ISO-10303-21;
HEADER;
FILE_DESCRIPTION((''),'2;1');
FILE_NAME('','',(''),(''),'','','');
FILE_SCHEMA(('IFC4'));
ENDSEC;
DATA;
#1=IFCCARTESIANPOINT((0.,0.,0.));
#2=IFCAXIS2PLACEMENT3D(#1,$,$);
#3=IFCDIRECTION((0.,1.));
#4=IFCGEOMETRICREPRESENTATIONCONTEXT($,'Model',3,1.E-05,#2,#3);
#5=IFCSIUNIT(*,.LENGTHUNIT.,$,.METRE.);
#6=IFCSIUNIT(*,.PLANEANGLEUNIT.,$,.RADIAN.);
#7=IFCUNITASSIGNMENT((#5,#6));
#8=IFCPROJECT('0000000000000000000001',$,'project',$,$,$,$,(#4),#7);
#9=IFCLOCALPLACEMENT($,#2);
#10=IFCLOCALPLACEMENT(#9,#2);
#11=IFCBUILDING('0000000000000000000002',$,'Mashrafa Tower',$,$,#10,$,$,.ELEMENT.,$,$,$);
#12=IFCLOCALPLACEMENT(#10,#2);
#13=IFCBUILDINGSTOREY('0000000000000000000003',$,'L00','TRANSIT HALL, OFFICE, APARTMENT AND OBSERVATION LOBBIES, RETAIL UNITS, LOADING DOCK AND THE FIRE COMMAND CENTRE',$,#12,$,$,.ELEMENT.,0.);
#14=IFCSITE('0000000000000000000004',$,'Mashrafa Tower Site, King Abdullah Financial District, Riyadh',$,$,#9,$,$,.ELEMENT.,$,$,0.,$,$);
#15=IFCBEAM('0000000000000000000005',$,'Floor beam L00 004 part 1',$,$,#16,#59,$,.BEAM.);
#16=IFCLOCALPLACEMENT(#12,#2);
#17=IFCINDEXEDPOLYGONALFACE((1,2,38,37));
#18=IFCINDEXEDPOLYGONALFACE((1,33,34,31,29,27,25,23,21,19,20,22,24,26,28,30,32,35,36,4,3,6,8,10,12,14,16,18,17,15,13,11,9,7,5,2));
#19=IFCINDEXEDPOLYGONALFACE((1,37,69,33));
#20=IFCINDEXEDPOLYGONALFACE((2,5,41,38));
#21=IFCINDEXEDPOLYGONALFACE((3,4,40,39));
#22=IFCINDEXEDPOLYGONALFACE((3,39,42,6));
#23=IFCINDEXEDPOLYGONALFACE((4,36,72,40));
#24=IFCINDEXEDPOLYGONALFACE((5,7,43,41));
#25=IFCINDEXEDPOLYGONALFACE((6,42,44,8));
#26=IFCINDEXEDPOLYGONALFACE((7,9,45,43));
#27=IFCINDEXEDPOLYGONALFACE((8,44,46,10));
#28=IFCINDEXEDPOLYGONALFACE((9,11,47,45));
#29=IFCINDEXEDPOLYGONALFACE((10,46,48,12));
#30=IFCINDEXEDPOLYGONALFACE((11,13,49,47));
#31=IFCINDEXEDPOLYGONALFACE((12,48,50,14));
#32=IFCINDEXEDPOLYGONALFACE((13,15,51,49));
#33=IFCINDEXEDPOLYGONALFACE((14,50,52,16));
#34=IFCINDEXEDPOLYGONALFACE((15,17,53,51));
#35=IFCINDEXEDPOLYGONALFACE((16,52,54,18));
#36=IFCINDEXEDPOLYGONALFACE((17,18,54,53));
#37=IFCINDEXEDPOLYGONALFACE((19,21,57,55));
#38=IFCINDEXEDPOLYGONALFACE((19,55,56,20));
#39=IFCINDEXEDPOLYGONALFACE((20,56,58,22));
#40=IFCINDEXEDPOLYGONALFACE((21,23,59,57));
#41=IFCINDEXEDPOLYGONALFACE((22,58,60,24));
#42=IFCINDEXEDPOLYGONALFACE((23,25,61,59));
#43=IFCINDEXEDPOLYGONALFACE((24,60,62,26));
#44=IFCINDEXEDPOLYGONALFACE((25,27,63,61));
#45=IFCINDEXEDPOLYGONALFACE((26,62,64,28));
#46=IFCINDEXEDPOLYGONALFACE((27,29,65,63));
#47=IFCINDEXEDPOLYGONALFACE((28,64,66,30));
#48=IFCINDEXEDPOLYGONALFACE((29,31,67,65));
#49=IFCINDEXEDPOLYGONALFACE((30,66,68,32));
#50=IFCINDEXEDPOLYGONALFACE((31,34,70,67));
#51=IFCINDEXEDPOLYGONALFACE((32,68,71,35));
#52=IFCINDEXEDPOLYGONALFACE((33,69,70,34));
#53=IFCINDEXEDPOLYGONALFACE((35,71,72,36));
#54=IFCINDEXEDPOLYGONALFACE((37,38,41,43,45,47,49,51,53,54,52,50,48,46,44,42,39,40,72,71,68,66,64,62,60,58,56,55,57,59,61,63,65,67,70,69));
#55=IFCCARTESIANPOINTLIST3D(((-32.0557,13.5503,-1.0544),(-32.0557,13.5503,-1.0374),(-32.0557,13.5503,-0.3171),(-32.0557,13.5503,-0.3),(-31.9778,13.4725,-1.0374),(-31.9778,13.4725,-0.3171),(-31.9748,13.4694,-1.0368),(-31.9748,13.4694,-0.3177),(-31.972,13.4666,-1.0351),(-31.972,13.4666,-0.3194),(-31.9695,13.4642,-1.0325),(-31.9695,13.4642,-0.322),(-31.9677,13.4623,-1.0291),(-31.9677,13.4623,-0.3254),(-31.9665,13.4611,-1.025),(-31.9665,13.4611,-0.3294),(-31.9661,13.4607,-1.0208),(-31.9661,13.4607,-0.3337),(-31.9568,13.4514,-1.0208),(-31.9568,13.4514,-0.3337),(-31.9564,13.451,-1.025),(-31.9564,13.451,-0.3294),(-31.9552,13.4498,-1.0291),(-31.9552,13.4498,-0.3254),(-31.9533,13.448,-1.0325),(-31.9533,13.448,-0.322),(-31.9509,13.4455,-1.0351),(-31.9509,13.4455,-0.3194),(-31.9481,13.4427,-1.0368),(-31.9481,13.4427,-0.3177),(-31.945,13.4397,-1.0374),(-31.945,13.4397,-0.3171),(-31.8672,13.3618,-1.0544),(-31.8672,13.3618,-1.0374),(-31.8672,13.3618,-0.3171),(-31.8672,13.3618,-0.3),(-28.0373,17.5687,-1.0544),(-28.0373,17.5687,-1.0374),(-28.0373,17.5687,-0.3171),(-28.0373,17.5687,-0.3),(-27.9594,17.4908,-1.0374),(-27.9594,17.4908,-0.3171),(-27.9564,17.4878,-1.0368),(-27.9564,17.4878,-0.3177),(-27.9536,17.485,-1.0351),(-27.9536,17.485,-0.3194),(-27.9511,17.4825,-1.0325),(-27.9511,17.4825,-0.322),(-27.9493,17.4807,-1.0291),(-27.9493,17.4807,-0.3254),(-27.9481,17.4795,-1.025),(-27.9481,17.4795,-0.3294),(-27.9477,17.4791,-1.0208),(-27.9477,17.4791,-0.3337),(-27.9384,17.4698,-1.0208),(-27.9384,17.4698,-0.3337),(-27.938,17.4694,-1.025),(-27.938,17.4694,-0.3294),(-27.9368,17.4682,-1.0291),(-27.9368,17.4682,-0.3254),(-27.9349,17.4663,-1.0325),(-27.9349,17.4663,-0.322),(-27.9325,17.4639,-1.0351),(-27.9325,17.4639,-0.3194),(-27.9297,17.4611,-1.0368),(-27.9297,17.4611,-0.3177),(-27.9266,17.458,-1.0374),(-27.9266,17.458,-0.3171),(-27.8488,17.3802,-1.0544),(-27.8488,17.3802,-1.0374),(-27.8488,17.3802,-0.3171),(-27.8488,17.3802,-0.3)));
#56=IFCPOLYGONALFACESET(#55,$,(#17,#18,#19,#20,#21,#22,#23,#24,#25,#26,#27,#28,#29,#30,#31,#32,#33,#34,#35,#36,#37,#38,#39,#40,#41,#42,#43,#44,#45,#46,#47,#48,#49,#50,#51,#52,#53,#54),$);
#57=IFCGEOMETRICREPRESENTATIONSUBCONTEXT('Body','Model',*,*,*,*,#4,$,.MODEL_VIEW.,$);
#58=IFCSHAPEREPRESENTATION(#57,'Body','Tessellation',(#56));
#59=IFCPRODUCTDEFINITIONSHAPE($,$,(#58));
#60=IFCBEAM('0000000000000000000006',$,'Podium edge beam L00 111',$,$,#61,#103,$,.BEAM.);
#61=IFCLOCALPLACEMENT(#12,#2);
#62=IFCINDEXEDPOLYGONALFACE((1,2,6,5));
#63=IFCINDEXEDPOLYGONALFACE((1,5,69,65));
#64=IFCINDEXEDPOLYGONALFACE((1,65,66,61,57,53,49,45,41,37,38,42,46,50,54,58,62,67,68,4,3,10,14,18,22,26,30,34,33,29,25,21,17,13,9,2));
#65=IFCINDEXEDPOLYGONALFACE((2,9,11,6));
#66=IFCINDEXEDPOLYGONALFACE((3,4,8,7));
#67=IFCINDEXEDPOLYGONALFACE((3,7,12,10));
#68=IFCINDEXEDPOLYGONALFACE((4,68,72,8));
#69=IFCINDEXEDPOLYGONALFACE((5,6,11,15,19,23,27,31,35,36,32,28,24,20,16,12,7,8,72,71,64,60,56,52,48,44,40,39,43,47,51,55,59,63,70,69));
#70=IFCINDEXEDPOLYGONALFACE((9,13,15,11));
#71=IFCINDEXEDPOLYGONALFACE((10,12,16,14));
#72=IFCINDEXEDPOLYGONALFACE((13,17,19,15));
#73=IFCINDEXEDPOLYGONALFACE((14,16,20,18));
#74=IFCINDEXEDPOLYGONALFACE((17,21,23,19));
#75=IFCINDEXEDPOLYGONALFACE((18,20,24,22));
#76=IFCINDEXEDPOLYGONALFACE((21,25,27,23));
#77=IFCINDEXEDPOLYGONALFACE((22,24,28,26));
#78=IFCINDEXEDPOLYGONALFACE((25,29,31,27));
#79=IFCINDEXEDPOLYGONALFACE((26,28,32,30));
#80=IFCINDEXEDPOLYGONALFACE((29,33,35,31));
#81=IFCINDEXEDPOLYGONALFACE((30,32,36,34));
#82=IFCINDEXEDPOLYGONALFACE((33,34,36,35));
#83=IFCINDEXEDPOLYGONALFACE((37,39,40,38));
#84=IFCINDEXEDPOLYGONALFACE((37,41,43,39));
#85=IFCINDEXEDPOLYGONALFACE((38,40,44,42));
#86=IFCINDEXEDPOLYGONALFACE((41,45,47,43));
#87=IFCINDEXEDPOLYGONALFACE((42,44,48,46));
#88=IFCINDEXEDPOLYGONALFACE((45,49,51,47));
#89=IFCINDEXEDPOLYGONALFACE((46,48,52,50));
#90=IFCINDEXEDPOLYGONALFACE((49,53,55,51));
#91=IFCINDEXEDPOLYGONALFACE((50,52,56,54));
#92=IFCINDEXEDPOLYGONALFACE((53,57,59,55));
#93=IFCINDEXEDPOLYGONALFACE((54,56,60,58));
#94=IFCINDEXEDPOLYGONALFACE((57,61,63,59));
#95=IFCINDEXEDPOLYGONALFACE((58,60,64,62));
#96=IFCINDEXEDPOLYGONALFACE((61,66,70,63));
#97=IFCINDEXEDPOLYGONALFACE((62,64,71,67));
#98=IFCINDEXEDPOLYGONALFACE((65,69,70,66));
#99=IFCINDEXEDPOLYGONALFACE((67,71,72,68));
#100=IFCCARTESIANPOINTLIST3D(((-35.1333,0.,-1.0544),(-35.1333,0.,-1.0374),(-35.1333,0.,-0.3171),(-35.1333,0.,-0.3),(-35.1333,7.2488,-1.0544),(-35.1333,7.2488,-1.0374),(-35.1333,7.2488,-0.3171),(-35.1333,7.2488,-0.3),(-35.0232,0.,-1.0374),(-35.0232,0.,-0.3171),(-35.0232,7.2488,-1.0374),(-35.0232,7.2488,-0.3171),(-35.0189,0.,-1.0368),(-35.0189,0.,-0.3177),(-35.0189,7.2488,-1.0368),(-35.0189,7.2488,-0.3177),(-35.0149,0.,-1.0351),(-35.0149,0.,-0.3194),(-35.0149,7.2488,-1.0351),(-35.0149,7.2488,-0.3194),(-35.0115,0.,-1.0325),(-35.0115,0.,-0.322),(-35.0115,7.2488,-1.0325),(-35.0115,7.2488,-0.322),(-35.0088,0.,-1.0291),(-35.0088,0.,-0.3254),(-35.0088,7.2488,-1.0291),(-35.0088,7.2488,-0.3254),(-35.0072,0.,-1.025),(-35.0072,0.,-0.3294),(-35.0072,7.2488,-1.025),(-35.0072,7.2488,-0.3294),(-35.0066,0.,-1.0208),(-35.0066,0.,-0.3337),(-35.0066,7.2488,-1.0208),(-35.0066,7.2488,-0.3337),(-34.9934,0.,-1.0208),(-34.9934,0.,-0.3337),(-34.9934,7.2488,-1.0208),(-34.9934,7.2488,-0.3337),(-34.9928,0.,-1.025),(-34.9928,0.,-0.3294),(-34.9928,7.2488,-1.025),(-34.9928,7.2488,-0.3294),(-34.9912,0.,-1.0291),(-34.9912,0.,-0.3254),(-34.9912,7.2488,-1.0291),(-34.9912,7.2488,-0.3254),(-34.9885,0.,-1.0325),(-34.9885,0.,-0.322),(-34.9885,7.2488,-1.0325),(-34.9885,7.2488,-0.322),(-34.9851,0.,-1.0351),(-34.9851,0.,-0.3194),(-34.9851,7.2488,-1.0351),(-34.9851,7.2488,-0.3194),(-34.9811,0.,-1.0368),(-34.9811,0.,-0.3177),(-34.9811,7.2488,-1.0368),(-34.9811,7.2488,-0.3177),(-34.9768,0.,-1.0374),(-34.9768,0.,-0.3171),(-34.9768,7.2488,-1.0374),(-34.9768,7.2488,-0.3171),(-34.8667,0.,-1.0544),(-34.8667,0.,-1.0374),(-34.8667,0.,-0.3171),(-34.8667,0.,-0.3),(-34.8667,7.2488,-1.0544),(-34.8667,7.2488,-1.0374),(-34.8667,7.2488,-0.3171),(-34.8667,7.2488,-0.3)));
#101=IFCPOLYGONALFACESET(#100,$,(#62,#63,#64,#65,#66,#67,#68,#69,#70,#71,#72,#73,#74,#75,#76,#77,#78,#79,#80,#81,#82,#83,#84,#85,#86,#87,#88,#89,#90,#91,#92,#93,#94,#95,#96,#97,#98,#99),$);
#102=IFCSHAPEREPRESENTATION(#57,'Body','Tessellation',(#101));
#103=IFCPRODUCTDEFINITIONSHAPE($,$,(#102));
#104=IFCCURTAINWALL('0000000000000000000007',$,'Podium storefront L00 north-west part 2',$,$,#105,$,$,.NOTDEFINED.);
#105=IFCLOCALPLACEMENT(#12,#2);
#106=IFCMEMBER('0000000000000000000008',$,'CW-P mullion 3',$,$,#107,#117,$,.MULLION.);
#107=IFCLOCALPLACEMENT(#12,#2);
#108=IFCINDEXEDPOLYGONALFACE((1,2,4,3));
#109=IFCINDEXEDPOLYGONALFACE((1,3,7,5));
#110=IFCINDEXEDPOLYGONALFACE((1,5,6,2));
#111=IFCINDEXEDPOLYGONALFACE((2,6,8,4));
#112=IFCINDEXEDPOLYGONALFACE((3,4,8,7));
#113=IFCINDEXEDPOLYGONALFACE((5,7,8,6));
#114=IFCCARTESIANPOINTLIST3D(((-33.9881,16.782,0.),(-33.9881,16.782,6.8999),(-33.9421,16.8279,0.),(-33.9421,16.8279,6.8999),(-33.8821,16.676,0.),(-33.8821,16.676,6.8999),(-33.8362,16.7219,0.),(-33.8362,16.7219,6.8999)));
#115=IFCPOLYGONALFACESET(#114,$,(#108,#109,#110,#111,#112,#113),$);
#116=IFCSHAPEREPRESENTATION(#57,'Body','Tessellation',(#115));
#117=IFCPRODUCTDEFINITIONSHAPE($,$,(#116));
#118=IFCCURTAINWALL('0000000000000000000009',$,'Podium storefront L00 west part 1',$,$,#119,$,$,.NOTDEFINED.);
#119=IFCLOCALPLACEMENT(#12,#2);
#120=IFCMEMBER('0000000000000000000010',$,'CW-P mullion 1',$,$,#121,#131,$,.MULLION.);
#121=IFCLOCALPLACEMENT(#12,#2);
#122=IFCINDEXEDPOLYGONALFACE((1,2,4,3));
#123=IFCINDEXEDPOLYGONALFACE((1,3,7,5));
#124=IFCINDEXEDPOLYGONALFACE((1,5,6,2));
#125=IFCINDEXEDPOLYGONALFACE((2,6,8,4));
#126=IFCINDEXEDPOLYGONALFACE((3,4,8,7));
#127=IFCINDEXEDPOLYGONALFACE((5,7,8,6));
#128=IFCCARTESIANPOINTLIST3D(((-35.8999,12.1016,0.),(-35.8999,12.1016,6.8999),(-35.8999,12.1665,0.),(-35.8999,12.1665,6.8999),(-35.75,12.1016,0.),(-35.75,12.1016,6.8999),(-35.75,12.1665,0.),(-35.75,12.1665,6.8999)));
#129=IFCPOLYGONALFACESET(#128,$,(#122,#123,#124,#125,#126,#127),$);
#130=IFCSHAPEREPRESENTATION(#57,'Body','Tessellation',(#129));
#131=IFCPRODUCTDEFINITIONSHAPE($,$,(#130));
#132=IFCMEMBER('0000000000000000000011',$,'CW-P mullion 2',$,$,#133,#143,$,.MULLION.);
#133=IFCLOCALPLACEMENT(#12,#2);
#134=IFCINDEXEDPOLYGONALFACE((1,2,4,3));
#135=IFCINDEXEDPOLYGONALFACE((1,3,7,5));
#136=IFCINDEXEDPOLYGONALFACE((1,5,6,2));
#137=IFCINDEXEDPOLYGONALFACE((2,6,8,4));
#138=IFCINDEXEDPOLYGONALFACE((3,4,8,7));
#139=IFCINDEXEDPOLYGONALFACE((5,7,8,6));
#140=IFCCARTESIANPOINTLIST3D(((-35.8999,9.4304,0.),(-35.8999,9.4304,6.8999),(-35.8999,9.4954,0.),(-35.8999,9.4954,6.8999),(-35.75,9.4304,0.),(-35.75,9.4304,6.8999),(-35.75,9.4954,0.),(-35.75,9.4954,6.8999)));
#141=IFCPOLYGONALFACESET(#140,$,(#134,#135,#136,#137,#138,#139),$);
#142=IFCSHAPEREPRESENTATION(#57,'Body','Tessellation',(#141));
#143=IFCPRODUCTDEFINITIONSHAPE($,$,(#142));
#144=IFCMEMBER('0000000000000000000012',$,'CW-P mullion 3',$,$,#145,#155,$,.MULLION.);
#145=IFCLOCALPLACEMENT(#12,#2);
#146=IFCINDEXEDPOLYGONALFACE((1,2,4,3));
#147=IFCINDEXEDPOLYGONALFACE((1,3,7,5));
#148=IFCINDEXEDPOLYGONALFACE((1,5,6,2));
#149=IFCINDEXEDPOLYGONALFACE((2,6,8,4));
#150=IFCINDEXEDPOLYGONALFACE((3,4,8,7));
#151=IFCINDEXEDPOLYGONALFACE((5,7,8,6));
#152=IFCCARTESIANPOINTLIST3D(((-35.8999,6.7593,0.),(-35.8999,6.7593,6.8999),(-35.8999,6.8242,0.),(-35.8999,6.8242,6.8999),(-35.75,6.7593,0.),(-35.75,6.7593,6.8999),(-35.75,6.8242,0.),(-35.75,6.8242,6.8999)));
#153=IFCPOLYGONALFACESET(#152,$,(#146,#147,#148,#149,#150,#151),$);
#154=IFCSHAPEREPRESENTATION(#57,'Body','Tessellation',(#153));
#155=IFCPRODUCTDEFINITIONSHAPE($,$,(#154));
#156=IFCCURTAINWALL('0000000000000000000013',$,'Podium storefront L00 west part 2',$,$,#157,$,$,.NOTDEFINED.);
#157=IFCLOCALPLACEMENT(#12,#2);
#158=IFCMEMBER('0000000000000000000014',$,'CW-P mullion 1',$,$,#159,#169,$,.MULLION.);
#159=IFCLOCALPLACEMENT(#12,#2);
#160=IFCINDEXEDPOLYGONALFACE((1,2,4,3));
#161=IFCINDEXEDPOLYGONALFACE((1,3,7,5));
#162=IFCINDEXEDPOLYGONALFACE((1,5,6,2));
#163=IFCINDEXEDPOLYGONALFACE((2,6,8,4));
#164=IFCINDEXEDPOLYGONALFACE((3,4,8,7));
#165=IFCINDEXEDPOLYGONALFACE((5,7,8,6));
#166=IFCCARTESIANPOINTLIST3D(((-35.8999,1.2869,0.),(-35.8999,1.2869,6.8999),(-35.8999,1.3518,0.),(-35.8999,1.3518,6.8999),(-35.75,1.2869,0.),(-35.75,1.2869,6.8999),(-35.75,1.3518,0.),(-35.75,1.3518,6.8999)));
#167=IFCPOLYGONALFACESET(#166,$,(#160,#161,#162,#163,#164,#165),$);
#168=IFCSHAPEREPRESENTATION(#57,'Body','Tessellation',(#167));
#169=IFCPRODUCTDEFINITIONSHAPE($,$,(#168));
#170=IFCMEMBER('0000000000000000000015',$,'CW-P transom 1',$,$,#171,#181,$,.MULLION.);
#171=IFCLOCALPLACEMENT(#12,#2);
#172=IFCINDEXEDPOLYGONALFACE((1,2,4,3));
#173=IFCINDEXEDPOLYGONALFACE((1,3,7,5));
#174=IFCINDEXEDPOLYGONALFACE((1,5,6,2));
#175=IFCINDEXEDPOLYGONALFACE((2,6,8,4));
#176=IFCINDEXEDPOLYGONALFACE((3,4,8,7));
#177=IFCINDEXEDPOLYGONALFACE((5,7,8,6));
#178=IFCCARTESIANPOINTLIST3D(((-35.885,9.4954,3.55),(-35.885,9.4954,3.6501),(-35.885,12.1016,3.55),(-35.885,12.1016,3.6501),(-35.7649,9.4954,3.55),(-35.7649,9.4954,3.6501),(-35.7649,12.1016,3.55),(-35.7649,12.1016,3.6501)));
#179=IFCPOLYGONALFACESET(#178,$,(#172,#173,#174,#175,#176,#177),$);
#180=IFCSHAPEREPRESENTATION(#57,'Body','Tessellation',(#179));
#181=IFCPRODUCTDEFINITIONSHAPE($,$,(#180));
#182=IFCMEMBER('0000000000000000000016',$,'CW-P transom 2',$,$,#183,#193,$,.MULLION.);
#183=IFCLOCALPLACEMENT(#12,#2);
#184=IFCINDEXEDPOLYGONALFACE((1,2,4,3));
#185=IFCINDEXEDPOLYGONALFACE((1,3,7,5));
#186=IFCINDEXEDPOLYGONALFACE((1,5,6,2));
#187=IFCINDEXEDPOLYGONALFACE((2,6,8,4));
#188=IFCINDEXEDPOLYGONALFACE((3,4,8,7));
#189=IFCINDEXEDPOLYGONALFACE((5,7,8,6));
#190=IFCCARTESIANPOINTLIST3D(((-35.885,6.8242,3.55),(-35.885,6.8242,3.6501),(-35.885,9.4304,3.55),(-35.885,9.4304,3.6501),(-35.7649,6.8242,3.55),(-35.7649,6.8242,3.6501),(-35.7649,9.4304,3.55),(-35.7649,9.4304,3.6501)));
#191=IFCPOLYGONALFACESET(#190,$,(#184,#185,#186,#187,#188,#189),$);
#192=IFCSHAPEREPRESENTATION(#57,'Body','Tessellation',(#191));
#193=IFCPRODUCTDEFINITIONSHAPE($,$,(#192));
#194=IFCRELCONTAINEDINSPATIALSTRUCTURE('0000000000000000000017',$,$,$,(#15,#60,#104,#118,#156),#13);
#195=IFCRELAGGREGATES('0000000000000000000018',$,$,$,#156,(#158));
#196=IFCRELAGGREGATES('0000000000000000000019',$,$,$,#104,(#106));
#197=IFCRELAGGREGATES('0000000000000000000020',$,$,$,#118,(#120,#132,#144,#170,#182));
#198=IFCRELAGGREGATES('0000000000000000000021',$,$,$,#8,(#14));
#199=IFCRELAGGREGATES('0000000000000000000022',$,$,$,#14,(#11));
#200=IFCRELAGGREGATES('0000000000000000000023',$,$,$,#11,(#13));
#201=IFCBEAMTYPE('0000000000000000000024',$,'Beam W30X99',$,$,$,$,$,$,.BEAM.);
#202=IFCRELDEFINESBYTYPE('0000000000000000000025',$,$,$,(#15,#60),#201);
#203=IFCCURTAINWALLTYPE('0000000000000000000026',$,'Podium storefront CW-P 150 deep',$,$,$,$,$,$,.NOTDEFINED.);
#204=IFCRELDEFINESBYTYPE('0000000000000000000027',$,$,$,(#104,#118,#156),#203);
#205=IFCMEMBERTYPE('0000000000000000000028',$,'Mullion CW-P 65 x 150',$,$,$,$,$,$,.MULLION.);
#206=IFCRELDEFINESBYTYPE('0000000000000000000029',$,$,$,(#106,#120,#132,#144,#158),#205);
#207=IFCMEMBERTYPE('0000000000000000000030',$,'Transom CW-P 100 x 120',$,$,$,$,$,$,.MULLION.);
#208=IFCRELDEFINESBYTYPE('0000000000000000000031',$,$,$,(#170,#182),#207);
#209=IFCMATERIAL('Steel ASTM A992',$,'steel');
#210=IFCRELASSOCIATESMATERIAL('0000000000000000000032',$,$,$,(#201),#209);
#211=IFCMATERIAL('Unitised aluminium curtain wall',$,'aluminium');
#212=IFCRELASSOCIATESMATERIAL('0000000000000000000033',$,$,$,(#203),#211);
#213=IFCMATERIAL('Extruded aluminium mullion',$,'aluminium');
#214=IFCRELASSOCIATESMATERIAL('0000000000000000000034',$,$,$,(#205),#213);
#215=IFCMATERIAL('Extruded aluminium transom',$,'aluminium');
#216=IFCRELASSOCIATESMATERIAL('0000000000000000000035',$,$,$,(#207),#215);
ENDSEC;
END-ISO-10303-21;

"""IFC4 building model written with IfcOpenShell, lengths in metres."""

from ifc_helpers import new_model, si_unit, direction, frame, origin, origin_2d, place, context, subcontext, project, spatial, rectangle, i_section, extrude, source, transform, mapped, material, material_profile, profile_set, type_object, type_shapes, element, aggregate, save


model = new_model("IFC4")

# Units and contexts
model_context = context("Model", 3, precision=1e-05, world=origin(), true_north=direction((0.0, 1.0)))
body_context = subcontext(model_context, "Body", "Model", "MODEL_VIEW")
ifc_project = project(units=[si_unit("LENGTHUNIT", "METRE"), si_unit("PLANEANGLEUNIT", "RADIAN")], contexts=[model_context])

# Site, building, storey
site_placement = place(None, origin())
site = spatial("IfcSite", under=ifc_project, at=site_placement, Name="Mashrafa Tower Site, King Abdullah Financial District, Riyadh", CompositionType="ELEMENT", RefElevation=0.0)
building_placement = place(site_placement, origin())
building = spatial("IfcBuilding", under=site, at=building_placement, Name="Mashrafa Tower", CompositionType="ELEMENT")
storey_placement = place(building_placement, origin())
storey = spatial("IfcBuildingStorey", under=building, at=storey_placement, Name="L00", Description="TRANSIT HALL, OFFICE, APARTMENT AND OBSERVATION LOBBIES, RETAIL UNITS, LOADING DOCK AND THE FIRE COMMAND CENTRE", CompositionType="ELEMENT", Elevation=0.0)

# Beams
ifc_material_1 = material(Name="Steel ASTM A992", Category="steel")
ifc_material_profile_1 = material_profile(ifc_material_1, i_section(OverallWidth=0.2666, OverallDepth=0.7544, WebThickness=0.0132, FlangeThickness=0.0171, FilletRadius=0.0166, at=origin_2d()), Name="W30X99")
ifc_profile_set_1 = profile_set([ifc_material_profile_1], Name="Steel ASTM A992")
beam_type_1 = type_object("IfcBeamType", Name="Beam W30X99", PredefinedType="BEAM", material=ifc_profile_set_1)
beam_1_placement = place(storey_placement, frame((-31.9614, 13.4561, -0.6772), z_axis=(0.707107, 0.707107, 0.0), x_axis=(-0.707107, 0.707107, 0.0)))
element("IfcBeam", 1, at=beam_1_placement, inside=storey, type_object=beam_type_1, Name="Floor beam L00 004 part 1", PredefinedType="BEAM", context=body_context, shape_type="SweptSolid", body=[
    extrude(i_section(OverallWidth=0.2666, OverallDepth=0.7544, WebThickness=0.0132, FlangeThickness=0.0171, FilletRadius=0.0166, at=origin_2d()), origin(), (0.0, 0.0, 1.0), 5.6829),
])
beam_2_placement = place(storey_placement, frame((-35.0, 7.2488, -0.6772), z_axis=(0.0, -1.0, 0.0), x_axis=(1.0, 0.0, 0.0)))
element("IfcBeam", 2, at=beam_2_placement, inside=storey, type_object=beam_type_1, Name="Podium edge beam L00 111", PredefinedType="BEAM", context=body_context, shape_type="SweptSolid", body=[
    extrude(i_section(OverallWidth=0.2666, OverallDepth=0.7544, WebThickness=0.0132, FlangeThickness=0.0171, FilletRadius=0.0166, at=origin_2d()), origin(), (0.0, 0.0, 1.0), 7.2488),
])

# Curtain wall, member
ifc_material_2 = material(Name="Unitised aluminium curtain wall", Category="aluminium")
curtain_wall_type = type_object("IfcCurtainWallType", Name="Podium storefront CW-P 150 deep", PredefinedType="NOTDEFINED", material=ifc_material_2)
curtain_wall_1_placement = place(storey_placement, origin())
curtain_wall_1 = element("IfcCurtainWall", 3, at=curtain_wall_1_placement, inside=storey, type_object=curtain_wall_type, Name="Podium storefront L00 north-west part 2", PredefinedType="NOTDEFINED")
ifc_material_3 = material(Name="Extruded aluminium mullion", Category="aluminium")
ifc_material_profile_2 = material_profile(ifc_material_3, rectangle(XDim=0.1499, YDim=0.0649, at=origin_2d()), Name="Mullion 65x150")
ifc_profile_set_2 = profile_set([ifc_material_profile_2], Name="Extruded aluminium mullion")
member_type_1 = type_object("IfcMemberType", Name="Mullion CW-P 65 x 150", PredefinedType="MULLION", material=ifc_profile_set_2)
shared_shape_1 = source(origin(), body_context, "Body", "SweptSolid", [
    extrude(rectangle(XDim=0.1499, YDim=0.0649, at=origin_2d()), origin(), (0.0, 0.0, 1.0), 6.8999),
])
type_shapes(member_type_1, [shared_shape_1])
member_1_placement = place(storey_placement, frame((-33.9121, 16.752, 0.0), z_axis=(0.0, 0.0, 1.0), x_axis=(0.707107, -0.707107, 0.0)))
member_1 = element("IfcMember", 4, at=member_1_placement, type_object=member_type_1, Name="CW-P mullion 3", PredefinedType="MULLION", context=body_context, shape_type="MappedRepresentation", body=[
    mapped(shared_shape_1, transform((0.0, 0.0, 0.0))),
])

# Curtain wall, members
curtain_wall_2_placement = place(storey_placement, origin())
curtain_wall_2 = element("IfcCurtainWall", 5, at=curtain_wall_2_placement, inside=storey, type_object=curtain_wall_type, Name="Podium storefront L00 west part 1", PredefinedType="NOTDEFINED")
member_2_placement = place(storey_placement, frame((-35.825, 12.134, 0.0), z_axis=(0.0, 0.0, 1.0), x_axis=(1.0, 0.0, 0.0)))
member_2 = element("IfcMember", 6, at=member_2_placement, type_object=member_type_1, Name="CW-P mullion 1", PredefinedType="MULLION", context=body_context, shape_type="MappedRepresentation", body=[
    mapped(shared_shape_1, transform((0.0, 0.0, 0.0))),
])
member_3_placement = place(storey_placement, frame((-35.825, 9.4629, 0.0), z_axis=(0.0, 0.0, 1.0), x_axis=(1.0, 0.0, 0.0)))
member_3 = element("IfcMember", 7, at=member_3_placement, type_object=member_type_1, Name="CW-P mullion 2", PredefinedType="MULLION", context=body_context, shape_type="MappedRepresentation", body=[
    mapped(shared_shape_1, transform((0.0, 0.0, 0.0))),
])
member_4_placement = place(storey_placement, frame((-35.825, 6.7917, 0.0), z_axis=(0.0, 0.0, 1.0), x_axis=(1.0, 0.0, 0.0)))
member_4 = element("IfcMember", 8, at=member_4_placement, type_object=member_type_1, Name="CW-P mullion 3", PredefinedType="MULLION", context=body_context, shape_type="MappedRepresentation", body=[
    mapped(shared_shape_1, transform((0.0, 0.0, 0.0))),
])

# Curtain wall, member
curtain_wall_3_placement = place(storey_placement, origin())
curtain_wall_3 = element("IfcCurtainWall", 9, at=curtain_wall_3_placement, inside=storey, type_object=curtain_wall_type, Name="Podium storefront L00 west part 2", PredefinedType="NOTDEFINED")
member_5_placement = place(storey_placement, frame((-35.825, 1.3193, 0.0), z_axis=(0.0, 0.0, 1.0), x_axis=(1.0, 0.0, 0.0)))
member_5 = element("IfcMember", 10, at=member_5_placement, type_object=member_type_1, Name="CW-P mullion 1", PredefinedType="MULLION", context=body_context, shape_type="MappedRepresentation", body=[
    mapped(shared_shape_1, transform((0.0, 0.0, 0.0))),
])

# Members
ifc_material_4 = material(Name="Extruded aluminium transom", Category="aluminium")
ifc_material_profile_3 = material_profile(ifc_material_4, rectangle(XDim=0.1201, YDim=0.1001, at=origin_2d()), Name="Transom 100x120")
ifc_profile_set_3 = profile_set([ifc_material_profile_3], Name="Extruded aluminium transom")
member_type_2 = type_object("IfcMemberType", Name="Transom CW-P 100 x 120", PredefinedType="MULLION", material=ifc_profile_set_3)
shared_shape_2 = source(origin(), body_context, "Body", "SweptSolid", [
    extrude(rectangle(XDim=0.1201, YDim=0.1001, at=origin_2d()), origin(), (0.0, 0.0, 1.0), 2.6062),
])
type_shapes(member_type_2, [shared_shape_2])
member_6_placement = place(storey_placement, frame((-35.825, 12.1016, 3.6001), z_axis=(0.0, -1.0, 0.0), x_axis=(1.0, 0.0, 0.0)))
member_6 = element("IfcMember", 11, at=member_6_placement, type_object=member_type_2, Name="CW-P transom 1", PredefinedType="MULLION", context=body_context, shape_type="MappedRepresentation", body=[
    mapped(shared_shape_2, transform((0.0, 0.0, 0.0))),
])
member_7_placement = place(storey_placement, frame((-35.825, 9.4304, 3.6001), z_axis=(0.0, -1.0, 0.0), x_axis=(1.0, 0.0, 0.0)))
member_7 = element("IfcMember", 12, at=member_7_placement, type_object=member_type_2, Name="CW-P transom 2", PredefinedType="MULLION", context=body_context, shape_type="MappedRepresentation", body=[
    mapped(shared_shape_2, transform((0.0, 0.0, 0.0))),
])
aggregate(curtain_wall_3, [member_5])

aggregate(curtain_wall_1, [member_1])
aggregate(curtain_wall_2, [member_2, member_3, member_4, member_6, member_7])

save(model, "model.ifc")
